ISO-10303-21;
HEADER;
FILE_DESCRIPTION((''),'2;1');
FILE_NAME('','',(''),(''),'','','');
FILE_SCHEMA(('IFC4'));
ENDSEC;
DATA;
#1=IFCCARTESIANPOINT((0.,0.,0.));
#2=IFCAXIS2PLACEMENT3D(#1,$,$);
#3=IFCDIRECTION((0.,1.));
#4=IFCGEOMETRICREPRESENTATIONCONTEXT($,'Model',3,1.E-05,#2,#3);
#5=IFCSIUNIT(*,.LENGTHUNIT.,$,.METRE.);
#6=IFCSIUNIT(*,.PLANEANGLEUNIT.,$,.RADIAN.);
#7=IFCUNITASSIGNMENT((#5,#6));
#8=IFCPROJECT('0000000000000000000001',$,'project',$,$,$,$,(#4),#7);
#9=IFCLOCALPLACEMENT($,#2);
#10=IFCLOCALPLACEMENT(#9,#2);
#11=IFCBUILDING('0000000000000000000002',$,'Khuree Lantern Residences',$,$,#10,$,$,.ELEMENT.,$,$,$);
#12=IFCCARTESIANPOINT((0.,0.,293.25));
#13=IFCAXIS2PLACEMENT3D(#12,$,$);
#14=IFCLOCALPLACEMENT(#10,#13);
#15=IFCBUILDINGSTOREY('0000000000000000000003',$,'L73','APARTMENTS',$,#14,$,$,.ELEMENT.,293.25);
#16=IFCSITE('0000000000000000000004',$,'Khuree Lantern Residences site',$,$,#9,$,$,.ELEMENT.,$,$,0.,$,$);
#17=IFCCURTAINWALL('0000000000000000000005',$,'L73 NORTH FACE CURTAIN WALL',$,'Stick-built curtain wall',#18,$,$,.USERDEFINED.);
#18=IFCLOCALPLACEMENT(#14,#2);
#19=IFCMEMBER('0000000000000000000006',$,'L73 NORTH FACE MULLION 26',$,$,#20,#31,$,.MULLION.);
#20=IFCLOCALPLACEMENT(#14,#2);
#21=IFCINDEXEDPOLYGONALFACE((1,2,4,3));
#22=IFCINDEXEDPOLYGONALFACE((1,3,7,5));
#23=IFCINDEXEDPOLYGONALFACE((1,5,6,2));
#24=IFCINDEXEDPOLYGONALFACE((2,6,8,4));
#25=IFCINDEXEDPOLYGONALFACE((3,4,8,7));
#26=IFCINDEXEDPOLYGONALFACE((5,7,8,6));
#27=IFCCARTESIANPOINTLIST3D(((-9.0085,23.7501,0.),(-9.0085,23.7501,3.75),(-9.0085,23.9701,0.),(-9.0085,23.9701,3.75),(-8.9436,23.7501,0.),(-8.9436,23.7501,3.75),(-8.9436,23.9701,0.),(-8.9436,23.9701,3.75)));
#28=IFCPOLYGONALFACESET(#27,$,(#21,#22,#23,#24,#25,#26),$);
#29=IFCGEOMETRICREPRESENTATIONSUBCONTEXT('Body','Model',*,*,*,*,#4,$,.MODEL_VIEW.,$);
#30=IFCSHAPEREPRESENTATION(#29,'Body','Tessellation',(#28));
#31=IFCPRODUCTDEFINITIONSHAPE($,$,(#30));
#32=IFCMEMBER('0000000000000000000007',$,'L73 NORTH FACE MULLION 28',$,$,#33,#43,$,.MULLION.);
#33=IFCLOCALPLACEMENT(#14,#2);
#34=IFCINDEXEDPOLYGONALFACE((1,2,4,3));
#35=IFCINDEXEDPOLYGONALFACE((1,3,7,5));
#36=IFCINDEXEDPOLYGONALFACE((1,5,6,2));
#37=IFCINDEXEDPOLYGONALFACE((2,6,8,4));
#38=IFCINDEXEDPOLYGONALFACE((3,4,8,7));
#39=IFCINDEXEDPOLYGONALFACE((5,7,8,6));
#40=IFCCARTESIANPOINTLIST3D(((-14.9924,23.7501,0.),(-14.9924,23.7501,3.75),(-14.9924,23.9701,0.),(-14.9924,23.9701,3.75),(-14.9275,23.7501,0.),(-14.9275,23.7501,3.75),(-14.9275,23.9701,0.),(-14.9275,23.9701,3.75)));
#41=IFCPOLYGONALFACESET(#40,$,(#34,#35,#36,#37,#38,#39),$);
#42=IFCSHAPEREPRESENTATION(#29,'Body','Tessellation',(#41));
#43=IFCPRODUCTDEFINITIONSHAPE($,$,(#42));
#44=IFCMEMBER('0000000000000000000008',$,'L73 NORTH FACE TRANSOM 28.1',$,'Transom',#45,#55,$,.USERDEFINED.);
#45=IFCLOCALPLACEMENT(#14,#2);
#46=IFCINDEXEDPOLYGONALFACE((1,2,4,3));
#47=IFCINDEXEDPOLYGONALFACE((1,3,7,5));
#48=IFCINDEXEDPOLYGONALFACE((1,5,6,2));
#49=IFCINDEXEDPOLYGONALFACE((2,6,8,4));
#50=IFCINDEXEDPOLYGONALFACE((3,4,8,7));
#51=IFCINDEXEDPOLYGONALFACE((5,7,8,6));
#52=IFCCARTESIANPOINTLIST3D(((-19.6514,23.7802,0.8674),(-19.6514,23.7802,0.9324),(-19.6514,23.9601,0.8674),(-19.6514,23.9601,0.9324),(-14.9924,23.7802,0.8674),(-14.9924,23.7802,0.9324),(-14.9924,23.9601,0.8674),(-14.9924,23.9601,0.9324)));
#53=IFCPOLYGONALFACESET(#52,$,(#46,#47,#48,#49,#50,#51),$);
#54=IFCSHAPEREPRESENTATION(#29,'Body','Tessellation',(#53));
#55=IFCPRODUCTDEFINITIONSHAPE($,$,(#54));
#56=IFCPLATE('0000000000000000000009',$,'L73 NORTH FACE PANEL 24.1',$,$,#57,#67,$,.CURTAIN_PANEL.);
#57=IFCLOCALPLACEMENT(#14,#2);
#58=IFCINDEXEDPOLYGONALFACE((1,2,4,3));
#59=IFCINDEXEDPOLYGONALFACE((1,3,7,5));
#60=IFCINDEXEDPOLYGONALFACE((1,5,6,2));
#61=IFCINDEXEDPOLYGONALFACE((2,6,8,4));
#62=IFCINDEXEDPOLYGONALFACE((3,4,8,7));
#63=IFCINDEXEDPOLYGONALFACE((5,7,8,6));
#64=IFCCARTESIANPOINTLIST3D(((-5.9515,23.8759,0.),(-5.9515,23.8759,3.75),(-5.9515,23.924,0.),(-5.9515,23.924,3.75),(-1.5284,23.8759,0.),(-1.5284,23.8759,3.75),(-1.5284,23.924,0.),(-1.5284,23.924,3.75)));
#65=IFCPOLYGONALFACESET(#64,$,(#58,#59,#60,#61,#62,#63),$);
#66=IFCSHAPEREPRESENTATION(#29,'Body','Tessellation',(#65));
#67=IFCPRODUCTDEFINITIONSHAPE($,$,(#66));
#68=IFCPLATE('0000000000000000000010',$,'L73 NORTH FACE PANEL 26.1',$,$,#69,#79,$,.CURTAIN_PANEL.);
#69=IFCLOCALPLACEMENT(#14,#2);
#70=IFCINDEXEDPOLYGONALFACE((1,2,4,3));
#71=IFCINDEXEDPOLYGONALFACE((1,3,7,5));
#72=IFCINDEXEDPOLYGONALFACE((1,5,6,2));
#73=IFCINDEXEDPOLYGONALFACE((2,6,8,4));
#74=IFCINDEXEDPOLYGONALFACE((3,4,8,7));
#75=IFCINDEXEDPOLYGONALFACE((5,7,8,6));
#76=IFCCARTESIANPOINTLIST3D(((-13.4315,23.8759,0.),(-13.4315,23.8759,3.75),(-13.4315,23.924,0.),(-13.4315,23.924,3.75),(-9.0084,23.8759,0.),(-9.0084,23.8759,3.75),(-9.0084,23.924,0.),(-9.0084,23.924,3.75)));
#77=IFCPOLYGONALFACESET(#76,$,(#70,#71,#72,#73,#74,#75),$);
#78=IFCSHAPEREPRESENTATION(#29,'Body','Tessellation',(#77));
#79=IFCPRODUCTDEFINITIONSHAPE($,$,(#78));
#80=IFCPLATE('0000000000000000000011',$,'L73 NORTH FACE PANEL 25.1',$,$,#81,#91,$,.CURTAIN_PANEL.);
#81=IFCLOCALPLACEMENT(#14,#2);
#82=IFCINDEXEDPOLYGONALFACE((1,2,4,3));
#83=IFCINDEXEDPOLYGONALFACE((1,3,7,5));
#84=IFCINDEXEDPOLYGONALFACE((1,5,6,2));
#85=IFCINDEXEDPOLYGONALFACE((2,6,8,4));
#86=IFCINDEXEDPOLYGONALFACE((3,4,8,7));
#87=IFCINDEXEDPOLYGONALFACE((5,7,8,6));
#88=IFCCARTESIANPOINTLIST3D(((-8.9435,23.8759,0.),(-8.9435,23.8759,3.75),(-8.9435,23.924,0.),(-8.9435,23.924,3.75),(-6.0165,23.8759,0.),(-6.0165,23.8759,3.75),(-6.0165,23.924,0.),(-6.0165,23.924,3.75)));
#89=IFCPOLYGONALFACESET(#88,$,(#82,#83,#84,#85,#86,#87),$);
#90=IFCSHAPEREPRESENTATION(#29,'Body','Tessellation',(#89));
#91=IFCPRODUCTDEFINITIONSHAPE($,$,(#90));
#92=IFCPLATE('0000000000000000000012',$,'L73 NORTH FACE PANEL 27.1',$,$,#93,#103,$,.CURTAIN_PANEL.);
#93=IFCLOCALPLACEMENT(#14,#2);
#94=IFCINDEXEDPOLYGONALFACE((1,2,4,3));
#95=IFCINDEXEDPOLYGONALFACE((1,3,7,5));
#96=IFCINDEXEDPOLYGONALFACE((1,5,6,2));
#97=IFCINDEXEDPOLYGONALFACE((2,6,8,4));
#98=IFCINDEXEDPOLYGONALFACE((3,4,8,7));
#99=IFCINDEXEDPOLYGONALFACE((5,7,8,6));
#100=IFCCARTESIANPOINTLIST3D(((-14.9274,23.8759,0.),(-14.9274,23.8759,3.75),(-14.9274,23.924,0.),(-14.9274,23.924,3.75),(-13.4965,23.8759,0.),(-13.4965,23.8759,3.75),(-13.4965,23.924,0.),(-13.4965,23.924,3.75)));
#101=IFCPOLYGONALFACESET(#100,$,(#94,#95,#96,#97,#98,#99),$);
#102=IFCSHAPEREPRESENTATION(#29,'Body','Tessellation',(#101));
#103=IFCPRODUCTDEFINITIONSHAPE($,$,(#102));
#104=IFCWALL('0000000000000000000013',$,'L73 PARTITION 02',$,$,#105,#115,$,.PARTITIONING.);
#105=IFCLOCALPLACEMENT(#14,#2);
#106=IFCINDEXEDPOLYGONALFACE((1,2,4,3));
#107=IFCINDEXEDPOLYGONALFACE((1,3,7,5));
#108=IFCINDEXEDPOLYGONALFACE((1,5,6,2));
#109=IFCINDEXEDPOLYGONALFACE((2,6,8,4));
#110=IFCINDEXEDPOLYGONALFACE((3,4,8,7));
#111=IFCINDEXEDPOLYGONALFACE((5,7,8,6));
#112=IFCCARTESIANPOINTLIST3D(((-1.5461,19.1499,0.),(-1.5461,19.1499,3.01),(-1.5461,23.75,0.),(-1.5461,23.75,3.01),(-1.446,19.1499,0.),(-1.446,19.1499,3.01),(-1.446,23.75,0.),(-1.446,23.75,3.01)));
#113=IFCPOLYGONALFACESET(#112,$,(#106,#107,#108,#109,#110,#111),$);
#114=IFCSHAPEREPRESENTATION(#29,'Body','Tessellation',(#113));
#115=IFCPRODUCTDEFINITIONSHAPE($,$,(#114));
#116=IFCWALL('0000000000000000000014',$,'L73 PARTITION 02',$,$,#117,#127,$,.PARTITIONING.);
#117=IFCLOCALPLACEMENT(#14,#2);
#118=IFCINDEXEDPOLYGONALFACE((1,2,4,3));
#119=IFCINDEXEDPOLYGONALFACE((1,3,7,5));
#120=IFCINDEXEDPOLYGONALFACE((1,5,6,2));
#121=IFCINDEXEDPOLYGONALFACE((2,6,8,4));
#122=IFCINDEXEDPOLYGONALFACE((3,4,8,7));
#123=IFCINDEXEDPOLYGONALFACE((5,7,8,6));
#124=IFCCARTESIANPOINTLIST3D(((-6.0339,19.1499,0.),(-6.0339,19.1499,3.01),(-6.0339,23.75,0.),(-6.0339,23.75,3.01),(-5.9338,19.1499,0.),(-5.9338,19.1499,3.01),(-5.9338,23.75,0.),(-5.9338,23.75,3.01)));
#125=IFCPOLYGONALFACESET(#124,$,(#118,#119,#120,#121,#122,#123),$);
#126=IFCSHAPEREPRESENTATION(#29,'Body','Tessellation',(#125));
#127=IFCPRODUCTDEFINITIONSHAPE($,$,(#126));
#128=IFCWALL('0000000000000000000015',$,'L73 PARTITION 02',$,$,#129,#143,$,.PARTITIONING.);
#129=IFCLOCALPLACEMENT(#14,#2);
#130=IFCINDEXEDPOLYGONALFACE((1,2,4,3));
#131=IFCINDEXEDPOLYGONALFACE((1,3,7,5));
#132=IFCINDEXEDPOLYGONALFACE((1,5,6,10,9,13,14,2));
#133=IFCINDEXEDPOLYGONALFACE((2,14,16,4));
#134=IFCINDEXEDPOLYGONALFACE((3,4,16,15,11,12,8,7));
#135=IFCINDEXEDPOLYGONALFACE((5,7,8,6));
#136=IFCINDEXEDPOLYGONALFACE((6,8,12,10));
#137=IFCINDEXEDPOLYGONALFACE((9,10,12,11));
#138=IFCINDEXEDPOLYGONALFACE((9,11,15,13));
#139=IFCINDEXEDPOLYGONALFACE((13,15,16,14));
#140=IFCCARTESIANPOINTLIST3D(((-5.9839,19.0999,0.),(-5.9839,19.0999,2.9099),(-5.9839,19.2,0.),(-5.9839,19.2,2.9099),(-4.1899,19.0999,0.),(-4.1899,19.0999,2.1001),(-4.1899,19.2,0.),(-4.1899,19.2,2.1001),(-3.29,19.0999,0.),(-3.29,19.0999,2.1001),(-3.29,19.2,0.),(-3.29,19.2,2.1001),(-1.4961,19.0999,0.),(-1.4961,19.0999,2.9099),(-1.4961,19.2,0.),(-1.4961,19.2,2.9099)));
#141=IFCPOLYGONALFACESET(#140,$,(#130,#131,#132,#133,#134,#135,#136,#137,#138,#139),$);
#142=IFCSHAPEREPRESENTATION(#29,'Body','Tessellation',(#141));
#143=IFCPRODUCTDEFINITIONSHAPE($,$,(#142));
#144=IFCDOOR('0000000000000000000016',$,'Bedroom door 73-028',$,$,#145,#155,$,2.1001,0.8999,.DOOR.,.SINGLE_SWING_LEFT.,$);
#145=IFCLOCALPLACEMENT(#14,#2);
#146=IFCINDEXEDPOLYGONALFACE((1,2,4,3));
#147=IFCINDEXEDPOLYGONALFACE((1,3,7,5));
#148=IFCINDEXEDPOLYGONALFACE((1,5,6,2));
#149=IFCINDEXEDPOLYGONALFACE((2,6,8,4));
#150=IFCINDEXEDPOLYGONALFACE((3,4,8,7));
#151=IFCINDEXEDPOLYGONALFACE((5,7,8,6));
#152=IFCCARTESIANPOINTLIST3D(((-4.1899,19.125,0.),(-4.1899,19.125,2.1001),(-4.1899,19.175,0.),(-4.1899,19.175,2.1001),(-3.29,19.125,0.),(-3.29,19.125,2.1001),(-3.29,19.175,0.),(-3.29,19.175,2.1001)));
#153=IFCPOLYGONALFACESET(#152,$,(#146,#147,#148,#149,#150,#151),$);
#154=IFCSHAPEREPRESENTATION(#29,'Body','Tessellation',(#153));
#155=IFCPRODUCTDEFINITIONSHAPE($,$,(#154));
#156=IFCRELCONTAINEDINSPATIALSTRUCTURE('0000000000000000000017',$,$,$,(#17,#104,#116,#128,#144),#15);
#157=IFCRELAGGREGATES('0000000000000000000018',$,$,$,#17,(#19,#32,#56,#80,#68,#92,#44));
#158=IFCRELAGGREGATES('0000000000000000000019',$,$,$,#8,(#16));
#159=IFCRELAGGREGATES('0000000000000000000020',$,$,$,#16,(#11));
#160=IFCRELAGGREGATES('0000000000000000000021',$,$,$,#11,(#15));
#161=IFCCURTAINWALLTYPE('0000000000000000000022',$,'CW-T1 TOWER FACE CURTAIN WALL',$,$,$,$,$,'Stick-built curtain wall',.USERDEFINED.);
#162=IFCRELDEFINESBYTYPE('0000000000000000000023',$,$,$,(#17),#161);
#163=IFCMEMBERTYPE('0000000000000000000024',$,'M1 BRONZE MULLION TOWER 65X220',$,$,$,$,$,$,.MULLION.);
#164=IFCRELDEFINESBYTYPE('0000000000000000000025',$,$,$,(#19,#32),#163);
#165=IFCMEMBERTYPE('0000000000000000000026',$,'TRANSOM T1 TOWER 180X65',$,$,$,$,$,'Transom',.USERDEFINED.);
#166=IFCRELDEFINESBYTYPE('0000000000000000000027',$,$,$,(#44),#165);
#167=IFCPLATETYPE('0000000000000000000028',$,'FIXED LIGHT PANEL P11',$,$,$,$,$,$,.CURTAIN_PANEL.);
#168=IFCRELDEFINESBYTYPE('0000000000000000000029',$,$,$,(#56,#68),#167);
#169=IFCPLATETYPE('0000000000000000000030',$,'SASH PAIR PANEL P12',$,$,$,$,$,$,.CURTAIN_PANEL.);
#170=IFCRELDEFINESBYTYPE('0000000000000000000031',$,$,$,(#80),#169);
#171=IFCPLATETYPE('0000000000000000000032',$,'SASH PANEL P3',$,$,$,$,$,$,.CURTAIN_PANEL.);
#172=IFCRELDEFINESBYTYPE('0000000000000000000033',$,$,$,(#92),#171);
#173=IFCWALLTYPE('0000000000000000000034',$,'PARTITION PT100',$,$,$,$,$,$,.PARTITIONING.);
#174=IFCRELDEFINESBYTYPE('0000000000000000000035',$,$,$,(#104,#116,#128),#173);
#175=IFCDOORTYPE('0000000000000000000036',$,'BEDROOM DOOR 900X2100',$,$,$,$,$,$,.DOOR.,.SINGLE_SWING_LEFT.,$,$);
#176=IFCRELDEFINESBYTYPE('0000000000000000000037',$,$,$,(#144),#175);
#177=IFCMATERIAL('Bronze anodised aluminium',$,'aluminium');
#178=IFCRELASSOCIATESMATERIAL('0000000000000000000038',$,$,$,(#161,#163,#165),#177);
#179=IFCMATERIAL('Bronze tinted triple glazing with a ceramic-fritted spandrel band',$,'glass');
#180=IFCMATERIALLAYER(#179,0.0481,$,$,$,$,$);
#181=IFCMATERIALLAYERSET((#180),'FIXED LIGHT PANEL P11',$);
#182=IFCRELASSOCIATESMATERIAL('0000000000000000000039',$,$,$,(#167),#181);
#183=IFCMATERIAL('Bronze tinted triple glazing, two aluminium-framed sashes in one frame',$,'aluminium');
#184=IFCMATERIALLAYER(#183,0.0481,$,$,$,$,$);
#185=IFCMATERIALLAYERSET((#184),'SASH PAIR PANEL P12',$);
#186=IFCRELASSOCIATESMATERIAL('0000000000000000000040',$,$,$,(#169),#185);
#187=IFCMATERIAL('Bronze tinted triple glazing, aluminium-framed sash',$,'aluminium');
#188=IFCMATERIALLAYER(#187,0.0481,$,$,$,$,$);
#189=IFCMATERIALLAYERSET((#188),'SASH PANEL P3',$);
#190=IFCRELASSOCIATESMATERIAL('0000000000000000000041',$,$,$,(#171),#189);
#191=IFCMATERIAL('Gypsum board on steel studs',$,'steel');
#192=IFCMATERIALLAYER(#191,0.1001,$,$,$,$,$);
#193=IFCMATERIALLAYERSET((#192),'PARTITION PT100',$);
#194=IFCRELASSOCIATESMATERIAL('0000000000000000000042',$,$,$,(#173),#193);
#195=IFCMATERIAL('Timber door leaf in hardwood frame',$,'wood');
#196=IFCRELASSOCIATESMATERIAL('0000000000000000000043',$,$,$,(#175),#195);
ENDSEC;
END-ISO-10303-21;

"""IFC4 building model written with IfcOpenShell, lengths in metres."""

from ifc_helpers import new_model, si_unit, direction, frame, frame_2d, origin, origin_2d, place, context, subcontext, project, spatial, rectangle, extrude, material, layer, layer_set, material_profile, profile_set, type_object, element, fill, aggregate, save


model = new_model("IFC4")

# Units and contexts
model_context = context("Model", 3, precision=1e-05, world=origin(), true_north=direction((0.0, 1.0)))
body_context = subcontext(model_context, "Body", "Model", "MODEL_VIEW")
ifc_project = project(units=[si_unit("LENGTHUNIT", "METRE"), si_unit("PLANEANGLEUNIT", "RADIAN")], contexts=[model_context])

# Site, building, storey
site_placement = place(None, origin())
site = spatial("IfcSite", under=ifc_project, at=site_placement, Name="Khuree Lantern Residences site", CompositionType="ELEMENT", RefElevation=0.0)
building_placement = place(site_placement, origin())
building = spatial("IfcBuilding", under=site, at=building_placement, Name="Khuree Lantern Residences", CompositionType="ELEMENT")
storey_placement = place(building_placement, frame((0.0, 0.0, 293.25)))
storey = spatial("IfcBuildingStorey", under=building, at=storey_placement, Name="L73", Description="APARTMENTS", CompositionType="ELEMENT", Elevation=293.25)

# Curtain wall
ifc_material_1 = material(Name="Bronze anodised aluminium", Category="aluminium")
curtain_wall_type = type_object("IfcCurtainWallType", Name="CW-T1 TOWER FACE CURTAIN WALL", ElementType="Stick-built curtain wall", PredefinedType="USERDEFINED", material=ifc_material_1)
curtain_wall_placement = place(storey_placement, origin())
curtain_wall = element("IfcCurtainWall", 1, at=curtain_wall_placement, inside=storey, type_object=curtain_wall_type, Name="L73 NORTH FACE CURTAIN WALL", ObjectType="Stick-built curtain wall", PredefinedType="USERDEFINED")

# Members
ifc_material_profile_1 = material_profile(ifc_material_1, rectangle(XDim=0.0649, YDim=0.22, at=origin_2d()), Name="M1 65X220")
ifc_profile_set_1 = profile_set([ifc_material_profile_1], Name="Bronze anodised aluminium")
member_type_1 = type_object("IfcMemberType", Name="M1 BRONZE MULLION TOWER 65X220", PredefinedType="MULLION", material=ifc_profile_set_1)
member_1_placement = place(storey_placement, frame((-8.9761, 23.8601, 0.0), z_axis=(0.0, 0.0, 1.0), x_axis=(-1.0, 0.0, 0.0)))
member_1 = element("IfcMember", 2, at=member_1_placement, type_object=member_type_1, Name="L73 NORTH FACE MULLION 26", PredefinedType="MULLION", context=body_context, shape_type="SweptSolid", body=[
    extrude(rectangle(XDim=0.0649, YDim=0.22, at=origin_2d()), origin(), (0.0, 0.0, 1.0), 3.75),
])
member_2_placement = place(storey_placement, frame((-14.96, 23.8601, 0.0), z_axis=(0.0, 0.0, 1.0), x_axis=(-1.0, 0.0, 0.0)))
member_2 = element("IfcMember", 3, at=member_2_placement, type_object=member_type_1, Name="L73 NORTH FACE MULLION 28", PredefinedType="MULLION", context=body_context, shape_type="SweptSolid", body=[
    extrude(rectangle(XDim=0.0649, YDim=0.22, at=origin_2d()), origin(), (0.0, 0.0, 1.0), 3.75),
])
ifc_material_profile_2 = material_profile(ifc_material_1, rectangle(XDim=0.1799, YDim=0.0649, at=origin_2d()), Name="T1 180X65")
ifc_profile_set_2 = profile_set([ifc_material_profile_2], Name="Bronze anodised aluminium")
member_type_2 = type_object("IfcMemberType", Name="TRANSOM T1 TOWER 180X65", ElementType="Transom", PredefinedType="USERDEFINED", material=ifc_profile_set_2)
member_3_placement = place(storey_placement, frame((-14.9924, 23.8701, 0.8999), z_axis=(-1.0, 0.0, 0.0), x_axis=(0.0, -1.0, 0.0)))
member_3 = element("IfcMember", 4, at=member_3_placement, type_object=member_type_2, Name="L73 NORTH FACE TRANSOM 28.1", ObjectType="Transom", PredefinedType="USERDEFINED", context=body_context, shape_type="SweptSolid", body=[
    extrude(rectangle(XDim=0.1799, YDim=0.0649, at=origin_2d()), origin(), (0.0, 0.0, 1.0), 4.6589),
])

# Plates
ifc_material_2 = material(Name="Bronze tinted triple glazing with a ceramic-fritted spandrel band", Category="glass")
ifc_layer_1 = layer(ifc_material_2, 0.0481)
ifc_layer_set_1 = layer_set([ifc_layer_1], Name="FIXED LIGHT PANEL P11")
plate_type_1 = type_object("IfcPlateType", Name="FIXED LIGHT PANEL P11", PredefinedType="CURTAIN_PANEL", material=ifc_layer_set_1)
plate_1_placement = place(storey_placement, frame((-3.74, 23.8999, 0.0), z_axis=(0.0, 0.0, 1.0), x_axis=(-1.0, 0.0, 0.0)))
plate_1 = element("IfcPlate", 5, at=plate_1_placement, type_object=plate_type_1, Name="L73 NORTH FACE PANEL 24.1", PredefinedType="CURTAIN_PANEL", context=body_context, shape_type="SweptSolid", body=[
    extrude(rectangle(XDim=4.4231, YDim=0.0481, at=origin_2d()), origin(), (0.0, 0.0, 1.0), 3.75),
])
plate_2_placement = place(storey_placement, frame((-11.22, 23.8999, 0.0), z_axis=(0.0, 0.0, 1.0), x_axis=(-1.0, 0.0, 0.0)))
plate_2 = element("IfcPlate", 6, at=plate_2_placement, type_object=plate_type_1, Name="L73 NORTH FACE PANEL 26.1", PredefinedType="CURTAIN_PANEL", context=body_context, shape_type="SweptSolid", body=[
    extrude(rectangle(XDim=4.4231, YDim=0.0481, at=origin_2d()), origin(), (0.0, 0.0, 1.0), 3.75),
])
ifc_material_3 = material(Name="Bronze tinted triple glazing, two aluminium-framed sashes in one frame", Category="aluminium")
ifc_layer_2 = layer(ifc_material_3, 0.0481)
ifc_layer_set_2 = layer_set([ifc_layer_2], Name="SASH PAIR PANEL P12")
plate_type_2 = type_object("IfcPlateType", Name="SASH PAIR PANEL P12", PredefinedType="CURTAIN_PANEL", material=ifc_layer_set_2)
plate_3_placement = place(storey_placement, frame((-7.48, 23.8999, 0.0), z_axis=(0.0, 0.0, 1.0), x_axis=(-1.0, 0.0, 0.0)))
plate_3 = element("IfcPlate", 7, at=plate_3_placement, type_object=plate_type_2, Name="L73 NORTH FACE PANEL 25.1", PredefinedType="CURTAIN_PANEL", context=body_context, shape_type="SweptSolid", body=[
    extrude(rectangle(XDim=2.927, YDim=0.0481, at=origin_2d()), origin(), (0.0, 0.0, 1.0), 3.75),
])
ifc_material_4 = material(Name="Bronze tinted triple glazing, aluminium-framed sash", Category="aluminium")
ifc_layer_3 = layer(ifc_material_4, 0.0481)
ifc_layer_set_3 = layer_set([ifc_layer_3], Name="SASH PANEL P3")
plate_type_3 = type_object("IfcPlateType", Name="SASH PANEL P3", PredefinedType="CURTAIN_PANEL", material=ifc_layer_set_3)
plate_4_placement = place(storey_placement, frame((-14.2119, 23.8999, 0.0), z_axis=(0.0, 0.0, 1.0), x_axis=(-1.0, 0.0, 0.0)))
plate_4 = element("IfcPlate", 8, at=plate_4_placement, type_object=plate_type_3, Name="L73 NORTH FACE PANEL 27.1", PredefinedType="CURTAIN_PANEL", context=body_context, shape_type="SweptSolid", body=[
    extrude(rectangle(XDim=1.4309, YDim=0.0481, at=origin_2d()), origin(), (0.0, 0.0, 1.0), 3.75),
])
aggregate(curtain_wall, [member_1, member_2, plate_1, plate_3, plate_2, plate_4, member_3])

# Walls
ifc_material_5 = material(Name="Gypsum board on steel studs", Category="steel")
ifc_layer_4 = layer(ifc_material_5, 0.1001)
ifc_layer_set_4 = layer_set([ifc_layer_4], Name="PARTITION PT100")
wall_type = type_object("IfcWallType", Name="PARTITION PT100", PredefinedType="PARTITIONING", material=ifc_layer_set_4)
for number, where, z_axis, x_axis, name in (
    (9, (-1.4961, 19.1499, 0.0), (0.0, 0.0, 1.0), (0.0, 1.0, 0.0), "L73 PARTITION 02"),
    (10, (-5.9839, 19.1499, 0.0), (0.0, 0.0, 1.0), (0.0, 1.0, 0.0), "L73 PARTITION 02"),
):
    element("IfcWall", number, at=place(storey_placement, frame(where, z_axis=z_axis, x_axis=x_axis)), inside=storey, type_object=wall_type, Name=name, PredefinedType="PARTITIONING", context=body_context, shape_type="SweptSolid", body=[
        extrude(rectangle(XDim=4.6001, YDim=0.1001, at=frame_2d((2.3, 0.0))), origin(), (0.0, 0.0, 1.0), 3.01),
    ])

# Wall, opening, door
wall_placement = place(storey_placement, frame((-1.4961, 19.1499, 0.0), z_axis=(0.0, 0.0, 1.0), x_axis=(-1.0, 0.0, 0.0)))
wall = element("IfcWall", 11, at=wall_placement, inside=storey, type_object=wall_type, Name="L73 PARTITION 02", PredefinedType="PARTITIONING", context=body_context, shape_type="SweptSolid", body=[
    extrude(rectangle(XDim=4.4878, YDim=0.1001, at=frame_2d((2.2439, 0.0))), origin(), (0.0, 0.0, 1.0), 2.9099),
])
opening_placement = place(wall_placement, frame((1.7939, 0.0, 0.0)))
opening = element("IfcOpeningElement", 12, at=opening_placement, cuts=wall, PredefinedType="OPENING", context=body_context, shape_type="SweptSolid", body=[
    extrude(rectangle(XDim=0.8999, YDim=2.1001, at=frame_2d((0.45, 1.05))), frame((0.0, 0.0601, 0.0), z_axis=(0.0, -1.0, 0.0), x_axis=(1.0, 0.0, 0.0)), (0.0, 0.0, 1.0), 0.1201),
])
ifc_material_6 = material(Name="Timber door leaf in hardwood frame", Category="wood")
door_type = type_object("IfcDoorType", Name="BEDROOM DOOR 900X2100", OperationType="SINGLE_SWING_LEFT", PredefinedType="DOOR", material=ifc_material_6)
door_placement = place(opening_placement, origin())
door = element("IfcDoor", 13, at=door_placement, inside=storey, type_object=door_type, Name="Bedroom door 73-028", OperationType="SINGLE_SWING_LEFT", OverallHeight=2.1001, OverallWidth=0.8999, PredefinedType="DOOR", context=body_context, shape_type="SweptSolid", body=[
    extrude(rectangle(XDim=0.8999, YDim=2.1001, at=frame_2d((0.45, 1.05))), frame((0.0, 0.0249, 0.0), z_axis=(0.0, -1.0, 0.0), x_axis=(1.0, 0.0, 0.0)), (0.0, 0.0, 1.0), 0.05),
])
fill(opening, door)

save(model, "model.ifc")
